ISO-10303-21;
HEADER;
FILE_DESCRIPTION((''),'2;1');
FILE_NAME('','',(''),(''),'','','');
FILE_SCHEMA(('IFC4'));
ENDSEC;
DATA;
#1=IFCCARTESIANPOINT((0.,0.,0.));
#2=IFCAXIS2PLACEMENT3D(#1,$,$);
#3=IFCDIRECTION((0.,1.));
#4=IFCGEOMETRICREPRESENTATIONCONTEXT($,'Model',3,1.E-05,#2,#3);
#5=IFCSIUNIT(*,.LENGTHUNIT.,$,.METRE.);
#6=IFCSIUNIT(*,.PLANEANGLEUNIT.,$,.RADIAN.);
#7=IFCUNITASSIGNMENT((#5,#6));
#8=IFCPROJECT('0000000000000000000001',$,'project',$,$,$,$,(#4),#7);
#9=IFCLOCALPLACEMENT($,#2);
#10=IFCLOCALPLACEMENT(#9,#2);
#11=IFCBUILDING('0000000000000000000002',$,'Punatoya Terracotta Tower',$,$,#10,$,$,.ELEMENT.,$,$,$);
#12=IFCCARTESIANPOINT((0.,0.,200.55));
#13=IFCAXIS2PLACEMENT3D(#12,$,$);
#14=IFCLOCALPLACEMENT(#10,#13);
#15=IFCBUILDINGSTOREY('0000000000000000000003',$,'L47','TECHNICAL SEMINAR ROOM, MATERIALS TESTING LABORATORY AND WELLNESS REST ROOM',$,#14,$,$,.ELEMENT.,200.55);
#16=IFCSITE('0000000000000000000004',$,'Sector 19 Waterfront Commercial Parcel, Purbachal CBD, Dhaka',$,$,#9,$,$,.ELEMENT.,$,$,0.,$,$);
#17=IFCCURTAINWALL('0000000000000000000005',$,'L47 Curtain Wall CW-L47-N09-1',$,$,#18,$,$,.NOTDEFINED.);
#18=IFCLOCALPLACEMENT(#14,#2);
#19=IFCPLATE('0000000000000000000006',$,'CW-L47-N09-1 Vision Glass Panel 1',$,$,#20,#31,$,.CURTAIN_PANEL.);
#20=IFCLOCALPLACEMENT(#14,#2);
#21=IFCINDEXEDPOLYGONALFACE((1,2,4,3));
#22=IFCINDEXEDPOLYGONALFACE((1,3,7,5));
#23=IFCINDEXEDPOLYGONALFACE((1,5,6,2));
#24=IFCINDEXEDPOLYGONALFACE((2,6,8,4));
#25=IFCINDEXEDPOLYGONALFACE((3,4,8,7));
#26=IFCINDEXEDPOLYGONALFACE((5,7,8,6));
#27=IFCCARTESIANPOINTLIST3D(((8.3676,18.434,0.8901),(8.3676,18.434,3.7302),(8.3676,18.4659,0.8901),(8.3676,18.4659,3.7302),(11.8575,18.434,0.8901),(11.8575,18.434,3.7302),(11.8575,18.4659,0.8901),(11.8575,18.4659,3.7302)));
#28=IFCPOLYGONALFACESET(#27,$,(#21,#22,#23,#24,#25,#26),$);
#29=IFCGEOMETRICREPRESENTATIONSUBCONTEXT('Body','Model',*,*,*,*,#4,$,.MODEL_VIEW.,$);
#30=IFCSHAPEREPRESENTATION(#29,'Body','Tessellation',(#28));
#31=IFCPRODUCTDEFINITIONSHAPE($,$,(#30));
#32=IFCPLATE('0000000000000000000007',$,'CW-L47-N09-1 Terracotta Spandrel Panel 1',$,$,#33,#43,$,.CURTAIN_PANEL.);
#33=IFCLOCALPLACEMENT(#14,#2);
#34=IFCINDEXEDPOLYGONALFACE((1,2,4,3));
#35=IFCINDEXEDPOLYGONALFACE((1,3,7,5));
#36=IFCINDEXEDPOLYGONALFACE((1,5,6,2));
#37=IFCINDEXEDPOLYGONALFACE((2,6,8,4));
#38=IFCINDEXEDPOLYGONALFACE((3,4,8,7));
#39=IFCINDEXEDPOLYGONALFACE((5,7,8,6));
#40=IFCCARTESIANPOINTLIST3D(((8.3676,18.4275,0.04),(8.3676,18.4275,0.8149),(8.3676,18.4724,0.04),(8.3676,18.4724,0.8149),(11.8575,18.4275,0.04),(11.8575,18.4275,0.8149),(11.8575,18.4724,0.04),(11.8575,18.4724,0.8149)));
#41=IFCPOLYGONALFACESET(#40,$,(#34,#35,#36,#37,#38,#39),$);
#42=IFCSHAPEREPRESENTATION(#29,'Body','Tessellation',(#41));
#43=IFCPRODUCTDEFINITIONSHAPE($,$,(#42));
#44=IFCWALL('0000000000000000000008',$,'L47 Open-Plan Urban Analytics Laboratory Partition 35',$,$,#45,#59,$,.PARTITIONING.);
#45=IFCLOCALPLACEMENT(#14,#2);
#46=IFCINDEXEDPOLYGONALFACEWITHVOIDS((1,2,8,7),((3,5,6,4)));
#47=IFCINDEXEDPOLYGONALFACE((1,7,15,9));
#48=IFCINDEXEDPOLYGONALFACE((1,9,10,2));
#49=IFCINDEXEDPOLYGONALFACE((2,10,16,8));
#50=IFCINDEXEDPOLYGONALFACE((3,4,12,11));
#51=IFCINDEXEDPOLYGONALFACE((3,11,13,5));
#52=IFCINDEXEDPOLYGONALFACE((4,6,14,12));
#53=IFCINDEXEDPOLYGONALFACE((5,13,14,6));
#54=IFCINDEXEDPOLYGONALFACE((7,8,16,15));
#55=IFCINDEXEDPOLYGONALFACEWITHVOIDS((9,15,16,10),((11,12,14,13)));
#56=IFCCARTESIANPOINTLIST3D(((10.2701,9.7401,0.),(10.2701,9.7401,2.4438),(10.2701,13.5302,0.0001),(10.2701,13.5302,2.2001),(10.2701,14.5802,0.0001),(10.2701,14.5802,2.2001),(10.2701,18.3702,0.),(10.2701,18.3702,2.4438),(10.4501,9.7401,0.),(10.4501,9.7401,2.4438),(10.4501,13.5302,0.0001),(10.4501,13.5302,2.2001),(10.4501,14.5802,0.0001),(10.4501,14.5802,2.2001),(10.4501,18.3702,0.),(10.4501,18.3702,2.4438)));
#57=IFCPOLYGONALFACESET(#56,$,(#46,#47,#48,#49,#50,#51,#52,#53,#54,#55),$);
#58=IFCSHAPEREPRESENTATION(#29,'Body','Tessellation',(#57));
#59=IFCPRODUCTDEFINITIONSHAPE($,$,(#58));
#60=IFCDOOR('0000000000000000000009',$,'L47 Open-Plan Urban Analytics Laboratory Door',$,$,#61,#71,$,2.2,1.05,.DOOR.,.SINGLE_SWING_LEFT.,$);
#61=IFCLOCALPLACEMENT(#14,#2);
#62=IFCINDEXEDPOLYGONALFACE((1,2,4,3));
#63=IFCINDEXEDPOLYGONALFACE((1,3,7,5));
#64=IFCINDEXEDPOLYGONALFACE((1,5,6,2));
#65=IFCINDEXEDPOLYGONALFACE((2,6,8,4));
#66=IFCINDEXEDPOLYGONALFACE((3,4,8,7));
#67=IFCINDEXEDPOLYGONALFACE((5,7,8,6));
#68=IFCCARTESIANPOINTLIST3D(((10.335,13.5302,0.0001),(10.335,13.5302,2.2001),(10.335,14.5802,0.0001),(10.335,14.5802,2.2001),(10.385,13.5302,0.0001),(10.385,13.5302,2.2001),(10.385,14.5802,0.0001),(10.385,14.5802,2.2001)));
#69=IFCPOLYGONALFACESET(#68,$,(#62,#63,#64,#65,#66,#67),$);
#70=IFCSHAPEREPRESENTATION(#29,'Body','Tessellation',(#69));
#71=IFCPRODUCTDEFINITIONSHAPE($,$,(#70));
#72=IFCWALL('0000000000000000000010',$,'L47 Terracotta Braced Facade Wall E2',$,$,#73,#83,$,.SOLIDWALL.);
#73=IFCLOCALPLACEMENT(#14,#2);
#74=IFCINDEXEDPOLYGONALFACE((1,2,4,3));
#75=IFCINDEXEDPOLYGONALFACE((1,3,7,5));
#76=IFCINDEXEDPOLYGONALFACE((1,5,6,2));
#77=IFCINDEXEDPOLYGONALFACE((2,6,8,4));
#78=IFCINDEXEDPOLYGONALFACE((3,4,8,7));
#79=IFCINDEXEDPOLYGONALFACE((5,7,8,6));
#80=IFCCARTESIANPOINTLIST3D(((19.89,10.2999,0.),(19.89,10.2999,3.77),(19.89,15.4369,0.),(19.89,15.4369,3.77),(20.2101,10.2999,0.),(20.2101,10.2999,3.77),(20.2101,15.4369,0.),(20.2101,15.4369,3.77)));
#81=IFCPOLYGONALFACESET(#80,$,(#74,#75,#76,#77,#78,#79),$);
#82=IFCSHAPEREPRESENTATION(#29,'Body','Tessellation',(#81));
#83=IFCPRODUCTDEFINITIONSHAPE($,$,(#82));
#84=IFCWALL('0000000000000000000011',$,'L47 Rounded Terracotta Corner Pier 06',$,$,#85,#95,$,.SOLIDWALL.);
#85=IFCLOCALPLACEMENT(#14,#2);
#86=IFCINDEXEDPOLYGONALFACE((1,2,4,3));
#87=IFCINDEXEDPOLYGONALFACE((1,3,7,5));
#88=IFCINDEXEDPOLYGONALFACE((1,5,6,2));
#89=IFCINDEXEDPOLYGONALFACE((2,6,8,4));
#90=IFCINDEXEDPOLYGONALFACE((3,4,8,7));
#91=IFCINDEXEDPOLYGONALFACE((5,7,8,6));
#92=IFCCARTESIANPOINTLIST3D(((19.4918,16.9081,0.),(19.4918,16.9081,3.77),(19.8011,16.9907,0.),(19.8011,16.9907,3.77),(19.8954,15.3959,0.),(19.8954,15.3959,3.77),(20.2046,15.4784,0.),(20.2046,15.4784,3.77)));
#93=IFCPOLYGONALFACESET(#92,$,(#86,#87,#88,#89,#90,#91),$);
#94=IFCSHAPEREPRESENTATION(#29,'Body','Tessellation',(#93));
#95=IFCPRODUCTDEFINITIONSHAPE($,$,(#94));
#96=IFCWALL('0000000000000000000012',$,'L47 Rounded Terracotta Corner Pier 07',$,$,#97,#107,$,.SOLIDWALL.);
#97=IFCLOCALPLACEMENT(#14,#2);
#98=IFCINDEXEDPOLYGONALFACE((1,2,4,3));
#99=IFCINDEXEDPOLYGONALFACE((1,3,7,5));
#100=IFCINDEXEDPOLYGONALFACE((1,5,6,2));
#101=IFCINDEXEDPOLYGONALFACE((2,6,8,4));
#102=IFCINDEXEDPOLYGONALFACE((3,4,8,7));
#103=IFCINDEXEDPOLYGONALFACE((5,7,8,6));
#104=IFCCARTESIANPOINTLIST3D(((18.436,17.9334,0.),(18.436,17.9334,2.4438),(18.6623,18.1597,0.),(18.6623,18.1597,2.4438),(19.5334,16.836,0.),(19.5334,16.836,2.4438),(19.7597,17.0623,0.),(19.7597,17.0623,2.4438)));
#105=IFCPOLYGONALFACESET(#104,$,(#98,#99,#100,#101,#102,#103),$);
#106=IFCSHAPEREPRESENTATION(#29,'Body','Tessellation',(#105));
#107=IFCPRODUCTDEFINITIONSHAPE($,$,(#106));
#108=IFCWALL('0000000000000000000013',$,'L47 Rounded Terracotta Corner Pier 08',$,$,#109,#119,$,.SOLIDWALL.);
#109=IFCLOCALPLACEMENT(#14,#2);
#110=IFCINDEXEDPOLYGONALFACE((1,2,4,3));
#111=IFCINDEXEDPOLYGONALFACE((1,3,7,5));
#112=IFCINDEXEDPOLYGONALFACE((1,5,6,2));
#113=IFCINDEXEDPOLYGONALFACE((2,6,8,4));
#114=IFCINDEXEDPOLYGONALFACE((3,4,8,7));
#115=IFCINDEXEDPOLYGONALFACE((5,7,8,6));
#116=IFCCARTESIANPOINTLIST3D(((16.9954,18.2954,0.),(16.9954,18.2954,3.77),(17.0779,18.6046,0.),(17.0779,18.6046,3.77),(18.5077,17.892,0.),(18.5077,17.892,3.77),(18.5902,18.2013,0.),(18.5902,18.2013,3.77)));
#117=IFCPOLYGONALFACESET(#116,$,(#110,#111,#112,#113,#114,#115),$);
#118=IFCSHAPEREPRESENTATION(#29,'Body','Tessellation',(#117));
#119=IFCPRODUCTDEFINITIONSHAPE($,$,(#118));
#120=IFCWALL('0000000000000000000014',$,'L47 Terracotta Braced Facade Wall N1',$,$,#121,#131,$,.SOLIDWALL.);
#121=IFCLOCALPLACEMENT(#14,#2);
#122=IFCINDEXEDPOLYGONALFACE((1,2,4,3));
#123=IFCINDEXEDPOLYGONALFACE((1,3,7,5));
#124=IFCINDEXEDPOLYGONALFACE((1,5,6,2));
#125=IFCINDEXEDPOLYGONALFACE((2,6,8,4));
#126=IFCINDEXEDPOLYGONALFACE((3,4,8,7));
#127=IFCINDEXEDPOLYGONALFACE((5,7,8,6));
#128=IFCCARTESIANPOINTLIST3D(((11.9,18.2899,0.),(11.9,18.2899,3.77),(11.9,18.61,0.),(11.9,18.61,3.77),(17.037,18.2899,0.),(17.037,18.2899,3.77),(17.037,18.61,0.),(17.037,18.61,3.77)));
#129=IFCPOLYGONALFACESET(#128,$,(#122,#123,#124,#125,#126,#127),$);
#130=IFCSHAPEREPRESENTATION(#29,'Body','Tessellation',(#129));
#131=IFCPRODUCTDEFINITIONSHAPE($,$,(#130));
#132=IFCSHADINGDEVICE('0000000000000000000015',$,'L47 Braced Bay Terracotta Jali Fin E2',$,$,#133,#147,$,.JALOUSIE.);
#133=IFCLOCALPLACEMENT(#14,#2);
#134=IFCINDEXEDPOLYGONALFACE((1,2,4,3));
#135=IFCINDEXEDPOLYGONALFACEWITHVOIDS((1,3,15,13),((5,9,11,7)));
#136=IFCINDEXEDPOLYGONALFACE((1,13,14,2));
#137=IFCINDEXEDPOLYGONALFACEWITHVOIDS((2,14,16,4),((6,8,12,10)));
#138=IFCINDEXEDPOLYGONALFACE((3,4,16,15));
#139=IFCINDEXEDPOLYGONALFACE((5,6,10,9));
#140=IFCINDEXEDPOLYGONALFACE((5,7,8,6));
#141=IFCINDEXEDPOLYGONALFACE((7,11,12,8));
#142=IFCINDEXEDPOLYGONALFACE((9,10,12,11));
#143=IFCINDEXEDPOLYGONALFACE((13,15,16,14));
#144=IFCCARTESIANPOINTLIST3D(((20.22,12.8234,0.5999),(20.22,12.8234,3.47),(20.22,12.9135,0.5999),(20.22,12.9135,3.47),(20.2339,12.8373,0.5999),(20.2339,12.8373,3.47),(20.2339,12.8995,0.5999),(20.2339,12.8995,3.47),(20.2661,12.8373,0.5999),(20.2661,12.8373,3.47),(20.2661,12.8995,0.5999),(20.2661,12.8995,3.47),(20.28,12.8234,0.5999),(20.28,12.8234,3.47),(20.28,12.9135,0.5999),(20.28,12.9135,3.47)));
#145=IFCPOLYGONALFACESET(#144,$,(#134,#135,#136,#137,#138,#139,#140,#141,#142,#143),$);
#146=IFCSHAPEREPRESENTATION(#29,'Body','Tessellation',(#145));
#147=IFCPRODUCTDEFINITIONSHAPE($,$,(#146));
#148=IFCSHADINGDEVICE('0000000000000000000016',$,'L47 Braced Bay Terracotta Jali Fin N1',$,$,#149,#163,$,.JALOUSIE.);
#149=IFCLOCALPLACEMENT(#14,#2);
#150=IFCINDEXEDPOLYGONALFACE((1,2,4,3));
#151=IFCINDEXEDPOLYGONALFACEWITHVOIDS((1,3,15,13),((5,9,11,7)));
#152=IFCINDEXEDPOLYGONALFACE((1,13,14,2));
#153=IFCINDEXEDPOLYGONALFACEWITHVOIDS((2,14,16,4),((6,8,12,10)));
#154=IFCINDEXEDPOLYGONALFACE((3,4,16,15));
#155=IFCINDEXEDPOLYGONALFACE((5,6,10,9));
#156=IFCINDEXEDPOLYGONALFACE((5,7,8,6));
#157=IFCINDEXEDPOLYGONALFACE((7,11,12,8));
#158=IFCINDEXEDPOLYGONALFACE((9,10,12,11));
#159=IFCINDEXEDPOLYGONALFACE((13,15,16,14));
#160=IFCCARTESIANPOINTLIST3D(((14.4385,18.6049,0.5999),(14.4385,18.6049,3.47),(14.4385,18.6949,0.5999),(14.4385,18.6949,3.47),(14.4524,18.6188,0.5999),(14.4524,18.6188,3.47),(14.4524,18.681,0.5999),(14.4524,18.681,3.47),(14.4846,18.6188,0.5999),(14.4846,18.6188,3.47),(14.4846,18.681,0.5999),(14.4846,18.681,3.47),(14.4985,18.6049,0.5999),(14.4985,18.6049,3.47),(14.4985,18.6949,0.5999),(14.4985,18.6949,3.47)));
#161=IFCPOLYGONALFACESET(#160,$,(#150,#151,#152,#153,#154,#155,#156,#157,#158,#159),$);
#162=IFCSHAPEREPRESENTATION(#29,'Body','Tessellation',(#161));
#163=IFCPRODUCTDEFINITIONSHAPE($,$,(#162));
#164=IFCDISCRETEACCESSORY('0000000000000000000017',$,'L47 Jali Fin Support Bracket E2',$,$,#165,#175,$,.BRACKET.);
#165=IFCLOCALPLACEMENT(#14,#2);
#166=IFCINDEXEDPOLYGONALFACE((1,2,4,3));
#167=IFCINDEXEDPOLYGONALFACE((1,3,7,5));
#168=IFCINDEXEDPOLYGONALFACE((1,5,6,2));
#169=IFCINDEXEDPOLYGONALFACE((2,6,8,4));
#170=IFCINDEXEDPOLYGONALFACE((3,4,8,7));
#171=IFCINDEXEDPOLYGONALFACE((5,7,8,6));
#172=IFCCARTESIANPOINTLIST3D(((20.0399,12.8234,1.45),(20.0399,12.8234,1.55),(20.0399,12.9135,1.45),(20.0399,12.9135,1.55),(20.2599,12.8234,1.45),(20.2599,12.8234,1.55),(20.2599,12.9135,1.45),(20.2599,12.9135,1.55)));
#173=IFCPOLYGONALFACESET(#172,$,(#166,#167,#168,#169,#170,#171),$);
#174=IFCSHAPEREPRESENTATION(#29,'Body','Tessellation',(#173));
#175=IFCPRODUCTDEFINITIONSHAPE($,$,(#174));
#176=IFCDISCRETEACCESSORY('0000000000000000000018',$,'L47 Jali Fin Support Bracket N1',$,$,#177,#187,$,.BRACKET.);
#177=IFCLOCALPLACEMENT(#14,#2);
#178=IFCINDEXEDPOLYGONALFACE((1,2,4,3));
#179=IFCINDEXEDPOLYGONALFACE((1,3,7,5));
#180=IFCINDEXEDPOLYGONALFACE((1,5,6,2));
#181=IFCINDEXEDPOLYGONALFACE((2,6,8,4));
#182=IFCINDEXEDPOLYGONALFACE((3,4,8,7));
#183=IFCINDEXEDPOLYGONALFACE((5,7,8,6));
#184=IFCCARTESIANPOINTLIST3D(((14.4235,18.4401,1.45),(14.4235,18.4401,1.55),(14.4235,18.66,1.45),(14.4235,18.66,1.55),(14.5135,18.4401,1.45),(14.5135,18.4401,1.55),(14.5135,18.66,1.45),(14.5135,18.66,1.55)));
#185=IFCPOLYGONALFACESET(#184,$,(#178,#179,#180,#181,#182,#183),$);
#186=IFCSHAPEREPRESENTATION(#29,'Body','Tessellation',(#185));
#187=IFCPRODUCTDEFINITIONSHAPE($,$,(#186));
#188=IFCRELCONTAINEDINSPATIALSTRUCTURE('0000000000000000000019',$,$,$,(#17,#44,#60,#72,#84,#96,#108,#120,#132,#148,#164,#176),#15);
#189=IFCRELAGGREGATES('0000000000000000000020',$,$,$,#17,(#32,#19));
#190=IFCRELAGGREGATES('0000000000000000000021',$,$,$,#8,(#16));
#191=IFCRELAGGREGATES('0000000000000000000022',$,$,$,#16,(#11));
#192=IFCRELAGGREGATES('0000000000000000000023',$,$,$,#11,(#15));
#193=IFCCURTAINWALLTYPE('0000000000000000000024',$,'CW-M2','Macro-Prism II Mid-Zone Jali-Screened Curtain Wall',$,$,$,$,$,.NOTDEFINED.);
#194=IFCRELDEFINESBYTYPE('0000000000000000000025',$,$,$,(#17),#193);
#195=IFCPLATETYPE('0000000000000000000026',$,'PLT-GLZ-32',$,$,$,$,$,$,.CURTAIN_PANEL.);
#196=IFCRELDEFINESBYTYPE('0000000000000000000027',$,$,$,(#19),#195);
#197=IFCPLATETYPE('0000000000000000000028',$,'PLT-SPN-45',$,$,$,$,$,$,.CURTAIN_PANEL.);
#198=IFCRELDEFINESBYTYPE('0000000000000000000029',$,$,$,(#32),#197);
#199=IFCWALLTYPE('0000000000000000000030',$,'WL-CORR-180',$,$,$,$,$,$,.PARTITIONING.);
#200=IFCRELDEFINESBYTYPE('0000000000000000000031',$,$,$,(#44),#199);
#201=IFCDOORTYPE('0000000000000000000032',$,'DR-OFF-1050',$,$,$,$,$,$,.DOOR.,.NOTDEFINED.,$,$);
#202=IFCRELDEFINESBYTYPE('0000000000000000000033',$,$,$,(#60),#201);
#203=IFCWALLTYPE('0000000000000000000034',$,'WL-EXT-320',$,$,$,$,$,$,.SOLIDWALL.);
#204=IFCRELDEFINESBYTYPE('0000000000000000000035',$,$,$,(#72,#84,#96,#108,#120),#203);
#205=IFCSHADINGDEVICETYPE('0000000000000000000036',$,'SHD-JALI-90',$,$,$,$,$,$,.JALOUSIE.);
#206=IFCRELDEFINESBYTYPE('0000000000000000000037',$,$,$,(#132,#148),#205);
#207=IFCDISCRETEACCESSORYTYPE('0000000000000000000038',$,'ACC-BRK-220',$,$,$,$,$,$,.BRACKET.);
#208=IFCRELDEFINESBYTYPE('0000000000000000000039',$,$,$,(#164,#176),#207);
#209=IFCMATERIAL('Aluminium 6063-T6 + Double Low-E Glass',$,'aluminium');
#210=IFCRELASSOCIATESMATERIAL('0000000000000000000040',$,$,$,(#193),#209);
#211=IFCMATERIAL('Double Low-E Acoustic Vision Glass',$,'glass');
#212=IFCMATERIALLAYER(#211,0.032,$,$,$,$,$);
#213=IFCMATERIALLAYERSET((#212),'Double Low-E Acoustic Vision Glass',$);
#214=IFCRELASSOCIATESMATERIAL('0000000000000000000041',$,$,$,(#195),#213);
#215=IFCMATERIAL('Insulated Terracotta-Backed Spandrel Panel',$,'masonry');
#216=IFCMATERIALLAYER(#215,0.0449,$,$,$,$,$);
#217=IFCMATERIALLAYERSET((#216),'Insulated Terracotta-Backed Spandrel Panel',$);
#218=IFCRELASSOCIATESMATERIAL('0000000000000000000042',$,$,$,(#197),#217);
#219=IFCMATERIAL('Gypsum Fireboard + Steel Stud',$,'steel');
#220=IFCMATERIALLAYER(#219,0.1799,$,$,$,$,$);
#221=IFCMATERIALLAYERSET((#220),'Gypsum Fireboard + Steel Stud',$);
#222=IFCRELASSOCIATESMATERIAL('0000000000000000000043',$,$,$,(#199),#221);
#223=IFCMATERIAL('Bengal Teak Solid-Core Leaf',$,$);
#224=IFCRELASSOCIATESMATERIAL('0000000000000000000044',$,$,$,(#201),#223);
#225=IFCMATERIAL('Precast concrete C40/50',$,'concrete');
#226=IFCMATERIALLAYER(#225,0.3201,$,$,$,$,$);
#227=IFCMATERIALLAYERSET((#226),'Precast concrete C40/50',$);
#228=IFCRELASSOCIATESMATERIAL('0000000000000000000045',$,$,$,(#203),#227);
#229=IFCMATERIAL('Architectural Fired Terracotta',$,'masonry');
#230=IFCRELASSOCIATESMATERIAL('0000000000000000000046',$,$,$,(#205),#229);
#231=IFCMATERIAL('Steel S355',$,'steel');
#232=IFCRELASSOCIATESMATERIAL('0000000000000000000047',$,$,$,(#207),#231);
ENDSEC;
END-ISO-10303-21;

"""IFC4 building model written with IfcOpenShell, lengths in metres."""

from ifc_helpers import new_model, si_unit, direction, frame, frame_2d, origin, origin_2d, place, context, subcontext, project, spatial, rectangle, hollow_rectangle, extrude, material, layer, layer_set, material_profile, profile_set, type_object, element, fill, aggregate, save


model = new_model("IFC4")

# Units and contexts
model_context = context("Model", 3, precision=1e-05, world=origin(), true_north=direction((0.0, 1.0)))
body_context = subcontext(model_context, "Body", "Model", "MODEL_VIEW")
ifc_project = project(units=[si_unit("LENGTHUNIT", "METRE"), si_unit("PLANEANGLEUNIT", "RADIAN")], contexts=[model_context])

# Site, building, storey
site_placement = place(None, origin())
site = spatial("IfcSite", under=ifc_project, at=site_placement, Name="Sector 19 Waterfront Commercial Parcel, Purbachal CBD, Dhaka", CompositionType="ELEMENT", RefElevation=0.0)
building_placement = place(site_placement, origin())
building = spatial("IfcBuilding", under=site, at=building_placement, Name="Punatoya Terracotta Tower", CompositionType="ELEMENT")
storey_placement = place(building_placement, frame((0.0, 0.0, 200.55)))
storey = spatial("IfcBuildingStorey", under=building, at=storey_placement, Name="L47", Description="TECHNICAL SEMINAR ROOM, MATERIALS TESTING LABORATORY AND WELLNESS REST ROOM", CompositionType="ELEMENT", Elevation=200.55)

# Shared definitions
ifc_material_1 = material(Name="Steel S355", Category="steel")

# Curtain wall
ifc_material_2 = material(Name="Aluminium 6063-T6 + Double Low-E Glass", Category="aluminium")
curtain_wall_type = type_object("IfcCurtainWallType", Name="CW-M2", Description="Macro-Prism II Mid-Zone Jali-Screened Curtain Wall", PredefinedType="NOTDEFINED", material=ifc_material_2)
curtain_wall_placement = place(storey_placement, origin())
curtain_wall = element("IfcCurtainWall", 1, at=curtain_wall_placement, inside=storey, type_object=curtain_wall_type, Name="L47 Curtain Wall CW-L47-N09-1", PredefinedType="NOTDEFINED")

# Plates
ifc_material_3 = material(Name="Double Low-E Acoustic Vision Glass", Category="glass")
ifc_layer_1 = layer(ifc_material_3, 0.032)
ifc_layer_set_1 = layer_set([ifc_layer_1], Name="Double Low-E Acoustic Vision Glass")
plate_type_1 = type_object("IfcPlateType", Name="PLT-GLZ-32", PredefinedType="CURTAIN_PANEL", material=ifc_layer_set_1)
plate_1_placement = place(storey_placement, frame((10.1125, 18.45, 0.8901), z_axis=(0.0, 0.0, 1.0), x_axis=(-1.0, 0.0, 0.0)))
plate_1 = element("IfcPlate", 2, at=plate_1_placement, type_object=plate_type_1, Name="CW-L47-N09-1 Vision Glass Panel 1", PredefinedType="CURTAIN_PANEL", context=body_context, shape_type="SweptSolid", body=[
    extrude(rectangle(XDim=3.49, YDim=0.032, at=origin_2d()), origin(), (0.0, 0.0, 1.0), 2.8401),
])
ifc_material_4 = material(Name="Insulated Terracotta-Backed Spandrel Panel", Category="masonry")
ifc_layer_2 = layer(ifc_material_4, 0.0449)
ifc_layer_set_2 = layer_set([ifc_layer_2], Name="Insulated Terracotta-Backed Spandrel Panel")
plate_type_2 = type_object("IfcPlateType", Name="PLT-SPN-45", PredefinedType="CURTAIN_PANEL", material=ifc_layer_set_2)
plate_2_placement = place(storey_placement, frame((10.1125, 18.45, 0.04), z_axis=(0.0, 0.0, 1.0), x_axis=(-1.0, 0.0, 0.0)))
plate_2 = element("IfcPlate", 3, at=plate_2_placement, type_object=plate_type_2, Name="CW-L47-N09-1 Terracotta Spandrel Panel 1", PredefinedType="CURTAIN_PANEL", context=body_context, shape_type="SweptSolid", body=[
    extrude(rectangle(XDim=3.49, YDim=0.0449, at=origin_2d()), origin(), (0.0, 0.0, 1.0), 0.7749),
])
aggregate(curtain_wall, [plate_2, plate_1])

# Wall, opening, door
ifc_material_5 = material(Name="Gypsum Fireboard + Steel Stud", Category="steel")
ifc_layer_3 = layer(ifc_material_5, 0.1799)
ifc_layer_set_3 = layer_set([ifc_layer_3], Name="Gypsum Fireboard + Steel Stud")
wall_type_1 = type_object("IfcWallType", Name="WL-CORR-180", PredefinedType="PARTITIONING", material=ifc_layer_set_3)
wall_1_placement = place(storey_placement, frame((10.3601, 18.3701, 0.0), z_axis=(0.0, 0.0, 1.0), x_axis=(0.0, -1.0, 0.0)))
wall_1 = element("IfcWall", 4, at=wall_1_placement, inside=storey, type_object=wall_type_1, Name="L47 Open-Plan Urban Analytics Laboratory Partition 35", PredefinedType="PARTITIONING", context=body_context, shape_type="SweptSolid", body=[
    extrude(rectangle(XDim=8.6301, YDim=0.1799, at=frame_2d((4.3149, 0.0))), origin(), (0.0, 0.0, 1.0), 2.4438),
])
opening_placement = place(wall_1_placement, frame((3.79, 0.0, 0.0)))
opening = element("IfcOpeningElement", 5, at=opening_placement, cuts=wall_1, PredefinedType="OPENING", context=body_context, shape_type="SweptSolid", body=[
    extrude(rectangle(XDim=1.05, YDim=2.2, at=frame_2d((0.5249, 1.1001))), frame((0.0, 0.0999, 0.0), z_axis=(0.0, -1.0, 0.0), x_axis=(1.0, 0.0, 0.0)), (0.0, 0.0, 1.0), 0.2),
])
ifc_material_6 = material(Name="Bengal Teak Solid-Core Leaf")
door_type = type_object("IfcDoorType", Name="DR-OFF-1050", OperationType="NOTDEFINED", PredefinedType="DOOR", material=ifc_material_6)
door_placement = place(opening_placement, origin())
door = element("IfcDoor", 6, at=door_placement, inside=storey, type_object=door_type, Name="L47 Open-Plan Urban Analytics Laboratory Door", OperationType="SINGLE_SWING_LEFT", OverallHeight=2.2, OverallWidth=1.05, PredefinedType="DOOR", context=body_context, shape_type="SweptSolid", body=[
    extrude(rectangle(XDim=1.05, YDim=2.2, at=frame_2d((0.5249, 1.1001))), frame((0.0, 0.0249, 0.0), z_axis=(0.0, -1.0, 0.0), x_axis=(1.0, 0.0, 0.0)), (0.0, 0.0, 1.0), 0.05),
])
fill(opening, door)

# Walls
ifc_material_7 = material(Name="Precast concrete C40/50", Category="concrete")
ifc_layer_4 = layer(ifc_material_7, 0.3201)
ifc_layer_set_4 = layer_set([ifc_layer_4], Name="Precast concrete C40/50")
wall_type_2 = type_object("IfcWallType", Name="WL-EXT-320", PredefinedType="SOLIDWALL", material=ifc_layer_set_4)
wall_2_placement = place(storey_placement, frame((20.05, 10.3, 0.0), z_axis=(0.0, 0.0, 1.0), x_axis=(0.0, 1.0, 0.0)))
element("IfcWall", 7, at=wall_2_placement, inside=storey, type_object=wall_type_2, Name="L47 Terracotta Braced Facade Wall E2", PredefinedType="SOLIDWALL", context=body_context, shape_type="SweptSolid", body=[
    extrude(rectangle(XDim=5.137, YDim=0.3201, at=frame_2d((2.5684, 0.0))), origin(), (0.0, 0.0, 1.0), 3.77),
])
wall_3_placement = place(storey_placement, frame((20.05, 15.437, 0.0), z_axis=(0.0, 0.0, 1.0), x_axis=(-0.257847, 0.966186, 0.0)))
element("IfcWall", 8, at=wall_3_placement, inside=storey, type_object=wall_type_2, Name="L47 Rounded Terracotta Corner Pier 06", PredefinedType="SOLIDWALL", context=body_context, shape_type="SweptSolid", body=[
    extrude(rectangle(XDim=1.5652, YDim=0.3201, at=frame_2d((0.7827, 0.0))), origin(), (0.0, 0.0, 1.0), 3.77),
])
wall_4_placement = place(storey_placement, frame((19.6465, 16.9492, 0.0), z_axis=(0.0, 0.0, 1.0), x_axis=(-0.707107, 0.707107, 0.0)))
element("IfcWall", 9, at=wall_4_placement, inside=storey, type_object=wall_type_2, Name="L47 Rounded Terracotta Corner Pier 07", PredefinedType="SOLIDWALL", context=body_context, shape_type="SweptSolid", body=[
    extrude(rectangle(XDim=1.552, YDim=0.3201, at=frame_2d((0.7759, 0.0))), origin(), (0.0, 0.0, 1.0), 2.4438),
])
wall_5_placement = place(storey_placement, frame((18.5491, 18.0466, 0.0), z_axis=(0.0, 0.0, 1.0), x_axis=(-0.966225, 0.257701, 0.0)))
element("IfcWall", 10, at=wall_5_placement, inside=storey, type_object=wall_type_2, Name="L47 Rounded Terracotta Corner Pier 08", PredefinedType="SOLIDWALL", context=body_context, shape_type="SweptSolid", body=[
    extrude(rectangle(XDim=1.5652, YDim=0.3201, at=frame_2d((0.7827, 0.0))), origin(), (0.0, 0.0, 1.0), 3.77),
])
wall_6_placement = place(storey_placement, frame((17.0369, 18.45, 0.0), z_axis=(0.0, 0.0, 1.0), x_axis=(-1.0, 0.0, 0.0)))
element("IfcWall", 11, at=wall_6_placement, inside=storey, type_object=wall_type_2, Name="L47 Terracotta Braced Facade Wall N1", PredefinedType="SOLIDWALL", context=body_context, shape_type="SweptSolid", body=[
    extrude(rectangle(XDim=5.137, YDim=0.3201, at=frame_2d((2.5684, 0.0))), origin(), (0.0, 0.0, 1.0), 3.77),
])

# Shading devices
ifc_material_8 = material(Name="Architectural Fired Terracotta", Category="masonry")
ifc_material_profile_1 = material_profile(ifc_material_8, hollow_rectangle(XDim=0.0601, YDim=0.0901, WallThickness=0.0139, at=origin_2d()))
ifc_profile_set_1 = profile_set([ifc_material_profile_1], Name="Architectural Fired Terracotta")
shading_device_type = type_object("IfcShadingDeviceType", Name="SHD-JALI-90", PredefinedType="JALOUSIE", material=ifc_profile_set_1)
for number, where, z_axis, x_axis, name in (
    (12, (20.25, 12.8684, 0.5999), (0.0, 0.0, 1.0), (1.0, 0.0, 0.0), "L47 Braced Bay Terracotta Jali Fin E2"),
    (13, (14.4685, 18.6499, 0.5999), (0.0, 0.0, 1.0), (1.0, 0.0, 0.0), "L47 Braced Bay Terracotta Jali Fin N1"),
):
    element("IfcShadingDevice", number, at=place(storey_placement, frame(where, z_axis=z_axis, x_axis=x_axis)), inside=storey, type_object=shading_device_type, Name=name, PredefinedType="JALOUSIE", context=body_context, shape_type="SweptSolid", body=[
        extrude(hollow_rectangle(XDim=0.0601, YDim=0.0901, WallThickness=0.0139, at=origin_2d()), origin(), (0.0, 0.0, 1.0), 2.8701),
    ])

# Discrete accessories
discrete_accessory_type = type_object("IfcDiscreteAccessoryType", Name="ACC-BRK-220", PredefinedType="BRACKET", material=ifc_material_1)
for number, where, z_axis, x_axis, name in (
    (14, (20.1499, 12.8684, 1.45), (0.0, 0.0, 1.0), (0.0, 1.0, 0.0), "L47 Jali Fin Support Bracket E2"),
    (15, (14.4685, 18.55, 1.45), (0.0, 0.0, 1.0), (-1.0, 0.0, 0.0), "L47 Jali Fin Support Bracket N1"),
):
    element("IfcDiscreteAccessory", number, at=place(storey_placement, frame(where, z_axis=z_axis, x_axis=x_axis)), inside=storey, type_object=discrete_accessory_type, Name=name, PredefinedType="BRACKET", context=body_context, shape_type="SweptSolid", body=[
        extrude(rectangle(XDim=0.0901, YDim=0.22, at=origin_2d()), origin(), (0.0, 0.0, 1.0), 0.1001),
    ])

save(model, "model.ifc")
